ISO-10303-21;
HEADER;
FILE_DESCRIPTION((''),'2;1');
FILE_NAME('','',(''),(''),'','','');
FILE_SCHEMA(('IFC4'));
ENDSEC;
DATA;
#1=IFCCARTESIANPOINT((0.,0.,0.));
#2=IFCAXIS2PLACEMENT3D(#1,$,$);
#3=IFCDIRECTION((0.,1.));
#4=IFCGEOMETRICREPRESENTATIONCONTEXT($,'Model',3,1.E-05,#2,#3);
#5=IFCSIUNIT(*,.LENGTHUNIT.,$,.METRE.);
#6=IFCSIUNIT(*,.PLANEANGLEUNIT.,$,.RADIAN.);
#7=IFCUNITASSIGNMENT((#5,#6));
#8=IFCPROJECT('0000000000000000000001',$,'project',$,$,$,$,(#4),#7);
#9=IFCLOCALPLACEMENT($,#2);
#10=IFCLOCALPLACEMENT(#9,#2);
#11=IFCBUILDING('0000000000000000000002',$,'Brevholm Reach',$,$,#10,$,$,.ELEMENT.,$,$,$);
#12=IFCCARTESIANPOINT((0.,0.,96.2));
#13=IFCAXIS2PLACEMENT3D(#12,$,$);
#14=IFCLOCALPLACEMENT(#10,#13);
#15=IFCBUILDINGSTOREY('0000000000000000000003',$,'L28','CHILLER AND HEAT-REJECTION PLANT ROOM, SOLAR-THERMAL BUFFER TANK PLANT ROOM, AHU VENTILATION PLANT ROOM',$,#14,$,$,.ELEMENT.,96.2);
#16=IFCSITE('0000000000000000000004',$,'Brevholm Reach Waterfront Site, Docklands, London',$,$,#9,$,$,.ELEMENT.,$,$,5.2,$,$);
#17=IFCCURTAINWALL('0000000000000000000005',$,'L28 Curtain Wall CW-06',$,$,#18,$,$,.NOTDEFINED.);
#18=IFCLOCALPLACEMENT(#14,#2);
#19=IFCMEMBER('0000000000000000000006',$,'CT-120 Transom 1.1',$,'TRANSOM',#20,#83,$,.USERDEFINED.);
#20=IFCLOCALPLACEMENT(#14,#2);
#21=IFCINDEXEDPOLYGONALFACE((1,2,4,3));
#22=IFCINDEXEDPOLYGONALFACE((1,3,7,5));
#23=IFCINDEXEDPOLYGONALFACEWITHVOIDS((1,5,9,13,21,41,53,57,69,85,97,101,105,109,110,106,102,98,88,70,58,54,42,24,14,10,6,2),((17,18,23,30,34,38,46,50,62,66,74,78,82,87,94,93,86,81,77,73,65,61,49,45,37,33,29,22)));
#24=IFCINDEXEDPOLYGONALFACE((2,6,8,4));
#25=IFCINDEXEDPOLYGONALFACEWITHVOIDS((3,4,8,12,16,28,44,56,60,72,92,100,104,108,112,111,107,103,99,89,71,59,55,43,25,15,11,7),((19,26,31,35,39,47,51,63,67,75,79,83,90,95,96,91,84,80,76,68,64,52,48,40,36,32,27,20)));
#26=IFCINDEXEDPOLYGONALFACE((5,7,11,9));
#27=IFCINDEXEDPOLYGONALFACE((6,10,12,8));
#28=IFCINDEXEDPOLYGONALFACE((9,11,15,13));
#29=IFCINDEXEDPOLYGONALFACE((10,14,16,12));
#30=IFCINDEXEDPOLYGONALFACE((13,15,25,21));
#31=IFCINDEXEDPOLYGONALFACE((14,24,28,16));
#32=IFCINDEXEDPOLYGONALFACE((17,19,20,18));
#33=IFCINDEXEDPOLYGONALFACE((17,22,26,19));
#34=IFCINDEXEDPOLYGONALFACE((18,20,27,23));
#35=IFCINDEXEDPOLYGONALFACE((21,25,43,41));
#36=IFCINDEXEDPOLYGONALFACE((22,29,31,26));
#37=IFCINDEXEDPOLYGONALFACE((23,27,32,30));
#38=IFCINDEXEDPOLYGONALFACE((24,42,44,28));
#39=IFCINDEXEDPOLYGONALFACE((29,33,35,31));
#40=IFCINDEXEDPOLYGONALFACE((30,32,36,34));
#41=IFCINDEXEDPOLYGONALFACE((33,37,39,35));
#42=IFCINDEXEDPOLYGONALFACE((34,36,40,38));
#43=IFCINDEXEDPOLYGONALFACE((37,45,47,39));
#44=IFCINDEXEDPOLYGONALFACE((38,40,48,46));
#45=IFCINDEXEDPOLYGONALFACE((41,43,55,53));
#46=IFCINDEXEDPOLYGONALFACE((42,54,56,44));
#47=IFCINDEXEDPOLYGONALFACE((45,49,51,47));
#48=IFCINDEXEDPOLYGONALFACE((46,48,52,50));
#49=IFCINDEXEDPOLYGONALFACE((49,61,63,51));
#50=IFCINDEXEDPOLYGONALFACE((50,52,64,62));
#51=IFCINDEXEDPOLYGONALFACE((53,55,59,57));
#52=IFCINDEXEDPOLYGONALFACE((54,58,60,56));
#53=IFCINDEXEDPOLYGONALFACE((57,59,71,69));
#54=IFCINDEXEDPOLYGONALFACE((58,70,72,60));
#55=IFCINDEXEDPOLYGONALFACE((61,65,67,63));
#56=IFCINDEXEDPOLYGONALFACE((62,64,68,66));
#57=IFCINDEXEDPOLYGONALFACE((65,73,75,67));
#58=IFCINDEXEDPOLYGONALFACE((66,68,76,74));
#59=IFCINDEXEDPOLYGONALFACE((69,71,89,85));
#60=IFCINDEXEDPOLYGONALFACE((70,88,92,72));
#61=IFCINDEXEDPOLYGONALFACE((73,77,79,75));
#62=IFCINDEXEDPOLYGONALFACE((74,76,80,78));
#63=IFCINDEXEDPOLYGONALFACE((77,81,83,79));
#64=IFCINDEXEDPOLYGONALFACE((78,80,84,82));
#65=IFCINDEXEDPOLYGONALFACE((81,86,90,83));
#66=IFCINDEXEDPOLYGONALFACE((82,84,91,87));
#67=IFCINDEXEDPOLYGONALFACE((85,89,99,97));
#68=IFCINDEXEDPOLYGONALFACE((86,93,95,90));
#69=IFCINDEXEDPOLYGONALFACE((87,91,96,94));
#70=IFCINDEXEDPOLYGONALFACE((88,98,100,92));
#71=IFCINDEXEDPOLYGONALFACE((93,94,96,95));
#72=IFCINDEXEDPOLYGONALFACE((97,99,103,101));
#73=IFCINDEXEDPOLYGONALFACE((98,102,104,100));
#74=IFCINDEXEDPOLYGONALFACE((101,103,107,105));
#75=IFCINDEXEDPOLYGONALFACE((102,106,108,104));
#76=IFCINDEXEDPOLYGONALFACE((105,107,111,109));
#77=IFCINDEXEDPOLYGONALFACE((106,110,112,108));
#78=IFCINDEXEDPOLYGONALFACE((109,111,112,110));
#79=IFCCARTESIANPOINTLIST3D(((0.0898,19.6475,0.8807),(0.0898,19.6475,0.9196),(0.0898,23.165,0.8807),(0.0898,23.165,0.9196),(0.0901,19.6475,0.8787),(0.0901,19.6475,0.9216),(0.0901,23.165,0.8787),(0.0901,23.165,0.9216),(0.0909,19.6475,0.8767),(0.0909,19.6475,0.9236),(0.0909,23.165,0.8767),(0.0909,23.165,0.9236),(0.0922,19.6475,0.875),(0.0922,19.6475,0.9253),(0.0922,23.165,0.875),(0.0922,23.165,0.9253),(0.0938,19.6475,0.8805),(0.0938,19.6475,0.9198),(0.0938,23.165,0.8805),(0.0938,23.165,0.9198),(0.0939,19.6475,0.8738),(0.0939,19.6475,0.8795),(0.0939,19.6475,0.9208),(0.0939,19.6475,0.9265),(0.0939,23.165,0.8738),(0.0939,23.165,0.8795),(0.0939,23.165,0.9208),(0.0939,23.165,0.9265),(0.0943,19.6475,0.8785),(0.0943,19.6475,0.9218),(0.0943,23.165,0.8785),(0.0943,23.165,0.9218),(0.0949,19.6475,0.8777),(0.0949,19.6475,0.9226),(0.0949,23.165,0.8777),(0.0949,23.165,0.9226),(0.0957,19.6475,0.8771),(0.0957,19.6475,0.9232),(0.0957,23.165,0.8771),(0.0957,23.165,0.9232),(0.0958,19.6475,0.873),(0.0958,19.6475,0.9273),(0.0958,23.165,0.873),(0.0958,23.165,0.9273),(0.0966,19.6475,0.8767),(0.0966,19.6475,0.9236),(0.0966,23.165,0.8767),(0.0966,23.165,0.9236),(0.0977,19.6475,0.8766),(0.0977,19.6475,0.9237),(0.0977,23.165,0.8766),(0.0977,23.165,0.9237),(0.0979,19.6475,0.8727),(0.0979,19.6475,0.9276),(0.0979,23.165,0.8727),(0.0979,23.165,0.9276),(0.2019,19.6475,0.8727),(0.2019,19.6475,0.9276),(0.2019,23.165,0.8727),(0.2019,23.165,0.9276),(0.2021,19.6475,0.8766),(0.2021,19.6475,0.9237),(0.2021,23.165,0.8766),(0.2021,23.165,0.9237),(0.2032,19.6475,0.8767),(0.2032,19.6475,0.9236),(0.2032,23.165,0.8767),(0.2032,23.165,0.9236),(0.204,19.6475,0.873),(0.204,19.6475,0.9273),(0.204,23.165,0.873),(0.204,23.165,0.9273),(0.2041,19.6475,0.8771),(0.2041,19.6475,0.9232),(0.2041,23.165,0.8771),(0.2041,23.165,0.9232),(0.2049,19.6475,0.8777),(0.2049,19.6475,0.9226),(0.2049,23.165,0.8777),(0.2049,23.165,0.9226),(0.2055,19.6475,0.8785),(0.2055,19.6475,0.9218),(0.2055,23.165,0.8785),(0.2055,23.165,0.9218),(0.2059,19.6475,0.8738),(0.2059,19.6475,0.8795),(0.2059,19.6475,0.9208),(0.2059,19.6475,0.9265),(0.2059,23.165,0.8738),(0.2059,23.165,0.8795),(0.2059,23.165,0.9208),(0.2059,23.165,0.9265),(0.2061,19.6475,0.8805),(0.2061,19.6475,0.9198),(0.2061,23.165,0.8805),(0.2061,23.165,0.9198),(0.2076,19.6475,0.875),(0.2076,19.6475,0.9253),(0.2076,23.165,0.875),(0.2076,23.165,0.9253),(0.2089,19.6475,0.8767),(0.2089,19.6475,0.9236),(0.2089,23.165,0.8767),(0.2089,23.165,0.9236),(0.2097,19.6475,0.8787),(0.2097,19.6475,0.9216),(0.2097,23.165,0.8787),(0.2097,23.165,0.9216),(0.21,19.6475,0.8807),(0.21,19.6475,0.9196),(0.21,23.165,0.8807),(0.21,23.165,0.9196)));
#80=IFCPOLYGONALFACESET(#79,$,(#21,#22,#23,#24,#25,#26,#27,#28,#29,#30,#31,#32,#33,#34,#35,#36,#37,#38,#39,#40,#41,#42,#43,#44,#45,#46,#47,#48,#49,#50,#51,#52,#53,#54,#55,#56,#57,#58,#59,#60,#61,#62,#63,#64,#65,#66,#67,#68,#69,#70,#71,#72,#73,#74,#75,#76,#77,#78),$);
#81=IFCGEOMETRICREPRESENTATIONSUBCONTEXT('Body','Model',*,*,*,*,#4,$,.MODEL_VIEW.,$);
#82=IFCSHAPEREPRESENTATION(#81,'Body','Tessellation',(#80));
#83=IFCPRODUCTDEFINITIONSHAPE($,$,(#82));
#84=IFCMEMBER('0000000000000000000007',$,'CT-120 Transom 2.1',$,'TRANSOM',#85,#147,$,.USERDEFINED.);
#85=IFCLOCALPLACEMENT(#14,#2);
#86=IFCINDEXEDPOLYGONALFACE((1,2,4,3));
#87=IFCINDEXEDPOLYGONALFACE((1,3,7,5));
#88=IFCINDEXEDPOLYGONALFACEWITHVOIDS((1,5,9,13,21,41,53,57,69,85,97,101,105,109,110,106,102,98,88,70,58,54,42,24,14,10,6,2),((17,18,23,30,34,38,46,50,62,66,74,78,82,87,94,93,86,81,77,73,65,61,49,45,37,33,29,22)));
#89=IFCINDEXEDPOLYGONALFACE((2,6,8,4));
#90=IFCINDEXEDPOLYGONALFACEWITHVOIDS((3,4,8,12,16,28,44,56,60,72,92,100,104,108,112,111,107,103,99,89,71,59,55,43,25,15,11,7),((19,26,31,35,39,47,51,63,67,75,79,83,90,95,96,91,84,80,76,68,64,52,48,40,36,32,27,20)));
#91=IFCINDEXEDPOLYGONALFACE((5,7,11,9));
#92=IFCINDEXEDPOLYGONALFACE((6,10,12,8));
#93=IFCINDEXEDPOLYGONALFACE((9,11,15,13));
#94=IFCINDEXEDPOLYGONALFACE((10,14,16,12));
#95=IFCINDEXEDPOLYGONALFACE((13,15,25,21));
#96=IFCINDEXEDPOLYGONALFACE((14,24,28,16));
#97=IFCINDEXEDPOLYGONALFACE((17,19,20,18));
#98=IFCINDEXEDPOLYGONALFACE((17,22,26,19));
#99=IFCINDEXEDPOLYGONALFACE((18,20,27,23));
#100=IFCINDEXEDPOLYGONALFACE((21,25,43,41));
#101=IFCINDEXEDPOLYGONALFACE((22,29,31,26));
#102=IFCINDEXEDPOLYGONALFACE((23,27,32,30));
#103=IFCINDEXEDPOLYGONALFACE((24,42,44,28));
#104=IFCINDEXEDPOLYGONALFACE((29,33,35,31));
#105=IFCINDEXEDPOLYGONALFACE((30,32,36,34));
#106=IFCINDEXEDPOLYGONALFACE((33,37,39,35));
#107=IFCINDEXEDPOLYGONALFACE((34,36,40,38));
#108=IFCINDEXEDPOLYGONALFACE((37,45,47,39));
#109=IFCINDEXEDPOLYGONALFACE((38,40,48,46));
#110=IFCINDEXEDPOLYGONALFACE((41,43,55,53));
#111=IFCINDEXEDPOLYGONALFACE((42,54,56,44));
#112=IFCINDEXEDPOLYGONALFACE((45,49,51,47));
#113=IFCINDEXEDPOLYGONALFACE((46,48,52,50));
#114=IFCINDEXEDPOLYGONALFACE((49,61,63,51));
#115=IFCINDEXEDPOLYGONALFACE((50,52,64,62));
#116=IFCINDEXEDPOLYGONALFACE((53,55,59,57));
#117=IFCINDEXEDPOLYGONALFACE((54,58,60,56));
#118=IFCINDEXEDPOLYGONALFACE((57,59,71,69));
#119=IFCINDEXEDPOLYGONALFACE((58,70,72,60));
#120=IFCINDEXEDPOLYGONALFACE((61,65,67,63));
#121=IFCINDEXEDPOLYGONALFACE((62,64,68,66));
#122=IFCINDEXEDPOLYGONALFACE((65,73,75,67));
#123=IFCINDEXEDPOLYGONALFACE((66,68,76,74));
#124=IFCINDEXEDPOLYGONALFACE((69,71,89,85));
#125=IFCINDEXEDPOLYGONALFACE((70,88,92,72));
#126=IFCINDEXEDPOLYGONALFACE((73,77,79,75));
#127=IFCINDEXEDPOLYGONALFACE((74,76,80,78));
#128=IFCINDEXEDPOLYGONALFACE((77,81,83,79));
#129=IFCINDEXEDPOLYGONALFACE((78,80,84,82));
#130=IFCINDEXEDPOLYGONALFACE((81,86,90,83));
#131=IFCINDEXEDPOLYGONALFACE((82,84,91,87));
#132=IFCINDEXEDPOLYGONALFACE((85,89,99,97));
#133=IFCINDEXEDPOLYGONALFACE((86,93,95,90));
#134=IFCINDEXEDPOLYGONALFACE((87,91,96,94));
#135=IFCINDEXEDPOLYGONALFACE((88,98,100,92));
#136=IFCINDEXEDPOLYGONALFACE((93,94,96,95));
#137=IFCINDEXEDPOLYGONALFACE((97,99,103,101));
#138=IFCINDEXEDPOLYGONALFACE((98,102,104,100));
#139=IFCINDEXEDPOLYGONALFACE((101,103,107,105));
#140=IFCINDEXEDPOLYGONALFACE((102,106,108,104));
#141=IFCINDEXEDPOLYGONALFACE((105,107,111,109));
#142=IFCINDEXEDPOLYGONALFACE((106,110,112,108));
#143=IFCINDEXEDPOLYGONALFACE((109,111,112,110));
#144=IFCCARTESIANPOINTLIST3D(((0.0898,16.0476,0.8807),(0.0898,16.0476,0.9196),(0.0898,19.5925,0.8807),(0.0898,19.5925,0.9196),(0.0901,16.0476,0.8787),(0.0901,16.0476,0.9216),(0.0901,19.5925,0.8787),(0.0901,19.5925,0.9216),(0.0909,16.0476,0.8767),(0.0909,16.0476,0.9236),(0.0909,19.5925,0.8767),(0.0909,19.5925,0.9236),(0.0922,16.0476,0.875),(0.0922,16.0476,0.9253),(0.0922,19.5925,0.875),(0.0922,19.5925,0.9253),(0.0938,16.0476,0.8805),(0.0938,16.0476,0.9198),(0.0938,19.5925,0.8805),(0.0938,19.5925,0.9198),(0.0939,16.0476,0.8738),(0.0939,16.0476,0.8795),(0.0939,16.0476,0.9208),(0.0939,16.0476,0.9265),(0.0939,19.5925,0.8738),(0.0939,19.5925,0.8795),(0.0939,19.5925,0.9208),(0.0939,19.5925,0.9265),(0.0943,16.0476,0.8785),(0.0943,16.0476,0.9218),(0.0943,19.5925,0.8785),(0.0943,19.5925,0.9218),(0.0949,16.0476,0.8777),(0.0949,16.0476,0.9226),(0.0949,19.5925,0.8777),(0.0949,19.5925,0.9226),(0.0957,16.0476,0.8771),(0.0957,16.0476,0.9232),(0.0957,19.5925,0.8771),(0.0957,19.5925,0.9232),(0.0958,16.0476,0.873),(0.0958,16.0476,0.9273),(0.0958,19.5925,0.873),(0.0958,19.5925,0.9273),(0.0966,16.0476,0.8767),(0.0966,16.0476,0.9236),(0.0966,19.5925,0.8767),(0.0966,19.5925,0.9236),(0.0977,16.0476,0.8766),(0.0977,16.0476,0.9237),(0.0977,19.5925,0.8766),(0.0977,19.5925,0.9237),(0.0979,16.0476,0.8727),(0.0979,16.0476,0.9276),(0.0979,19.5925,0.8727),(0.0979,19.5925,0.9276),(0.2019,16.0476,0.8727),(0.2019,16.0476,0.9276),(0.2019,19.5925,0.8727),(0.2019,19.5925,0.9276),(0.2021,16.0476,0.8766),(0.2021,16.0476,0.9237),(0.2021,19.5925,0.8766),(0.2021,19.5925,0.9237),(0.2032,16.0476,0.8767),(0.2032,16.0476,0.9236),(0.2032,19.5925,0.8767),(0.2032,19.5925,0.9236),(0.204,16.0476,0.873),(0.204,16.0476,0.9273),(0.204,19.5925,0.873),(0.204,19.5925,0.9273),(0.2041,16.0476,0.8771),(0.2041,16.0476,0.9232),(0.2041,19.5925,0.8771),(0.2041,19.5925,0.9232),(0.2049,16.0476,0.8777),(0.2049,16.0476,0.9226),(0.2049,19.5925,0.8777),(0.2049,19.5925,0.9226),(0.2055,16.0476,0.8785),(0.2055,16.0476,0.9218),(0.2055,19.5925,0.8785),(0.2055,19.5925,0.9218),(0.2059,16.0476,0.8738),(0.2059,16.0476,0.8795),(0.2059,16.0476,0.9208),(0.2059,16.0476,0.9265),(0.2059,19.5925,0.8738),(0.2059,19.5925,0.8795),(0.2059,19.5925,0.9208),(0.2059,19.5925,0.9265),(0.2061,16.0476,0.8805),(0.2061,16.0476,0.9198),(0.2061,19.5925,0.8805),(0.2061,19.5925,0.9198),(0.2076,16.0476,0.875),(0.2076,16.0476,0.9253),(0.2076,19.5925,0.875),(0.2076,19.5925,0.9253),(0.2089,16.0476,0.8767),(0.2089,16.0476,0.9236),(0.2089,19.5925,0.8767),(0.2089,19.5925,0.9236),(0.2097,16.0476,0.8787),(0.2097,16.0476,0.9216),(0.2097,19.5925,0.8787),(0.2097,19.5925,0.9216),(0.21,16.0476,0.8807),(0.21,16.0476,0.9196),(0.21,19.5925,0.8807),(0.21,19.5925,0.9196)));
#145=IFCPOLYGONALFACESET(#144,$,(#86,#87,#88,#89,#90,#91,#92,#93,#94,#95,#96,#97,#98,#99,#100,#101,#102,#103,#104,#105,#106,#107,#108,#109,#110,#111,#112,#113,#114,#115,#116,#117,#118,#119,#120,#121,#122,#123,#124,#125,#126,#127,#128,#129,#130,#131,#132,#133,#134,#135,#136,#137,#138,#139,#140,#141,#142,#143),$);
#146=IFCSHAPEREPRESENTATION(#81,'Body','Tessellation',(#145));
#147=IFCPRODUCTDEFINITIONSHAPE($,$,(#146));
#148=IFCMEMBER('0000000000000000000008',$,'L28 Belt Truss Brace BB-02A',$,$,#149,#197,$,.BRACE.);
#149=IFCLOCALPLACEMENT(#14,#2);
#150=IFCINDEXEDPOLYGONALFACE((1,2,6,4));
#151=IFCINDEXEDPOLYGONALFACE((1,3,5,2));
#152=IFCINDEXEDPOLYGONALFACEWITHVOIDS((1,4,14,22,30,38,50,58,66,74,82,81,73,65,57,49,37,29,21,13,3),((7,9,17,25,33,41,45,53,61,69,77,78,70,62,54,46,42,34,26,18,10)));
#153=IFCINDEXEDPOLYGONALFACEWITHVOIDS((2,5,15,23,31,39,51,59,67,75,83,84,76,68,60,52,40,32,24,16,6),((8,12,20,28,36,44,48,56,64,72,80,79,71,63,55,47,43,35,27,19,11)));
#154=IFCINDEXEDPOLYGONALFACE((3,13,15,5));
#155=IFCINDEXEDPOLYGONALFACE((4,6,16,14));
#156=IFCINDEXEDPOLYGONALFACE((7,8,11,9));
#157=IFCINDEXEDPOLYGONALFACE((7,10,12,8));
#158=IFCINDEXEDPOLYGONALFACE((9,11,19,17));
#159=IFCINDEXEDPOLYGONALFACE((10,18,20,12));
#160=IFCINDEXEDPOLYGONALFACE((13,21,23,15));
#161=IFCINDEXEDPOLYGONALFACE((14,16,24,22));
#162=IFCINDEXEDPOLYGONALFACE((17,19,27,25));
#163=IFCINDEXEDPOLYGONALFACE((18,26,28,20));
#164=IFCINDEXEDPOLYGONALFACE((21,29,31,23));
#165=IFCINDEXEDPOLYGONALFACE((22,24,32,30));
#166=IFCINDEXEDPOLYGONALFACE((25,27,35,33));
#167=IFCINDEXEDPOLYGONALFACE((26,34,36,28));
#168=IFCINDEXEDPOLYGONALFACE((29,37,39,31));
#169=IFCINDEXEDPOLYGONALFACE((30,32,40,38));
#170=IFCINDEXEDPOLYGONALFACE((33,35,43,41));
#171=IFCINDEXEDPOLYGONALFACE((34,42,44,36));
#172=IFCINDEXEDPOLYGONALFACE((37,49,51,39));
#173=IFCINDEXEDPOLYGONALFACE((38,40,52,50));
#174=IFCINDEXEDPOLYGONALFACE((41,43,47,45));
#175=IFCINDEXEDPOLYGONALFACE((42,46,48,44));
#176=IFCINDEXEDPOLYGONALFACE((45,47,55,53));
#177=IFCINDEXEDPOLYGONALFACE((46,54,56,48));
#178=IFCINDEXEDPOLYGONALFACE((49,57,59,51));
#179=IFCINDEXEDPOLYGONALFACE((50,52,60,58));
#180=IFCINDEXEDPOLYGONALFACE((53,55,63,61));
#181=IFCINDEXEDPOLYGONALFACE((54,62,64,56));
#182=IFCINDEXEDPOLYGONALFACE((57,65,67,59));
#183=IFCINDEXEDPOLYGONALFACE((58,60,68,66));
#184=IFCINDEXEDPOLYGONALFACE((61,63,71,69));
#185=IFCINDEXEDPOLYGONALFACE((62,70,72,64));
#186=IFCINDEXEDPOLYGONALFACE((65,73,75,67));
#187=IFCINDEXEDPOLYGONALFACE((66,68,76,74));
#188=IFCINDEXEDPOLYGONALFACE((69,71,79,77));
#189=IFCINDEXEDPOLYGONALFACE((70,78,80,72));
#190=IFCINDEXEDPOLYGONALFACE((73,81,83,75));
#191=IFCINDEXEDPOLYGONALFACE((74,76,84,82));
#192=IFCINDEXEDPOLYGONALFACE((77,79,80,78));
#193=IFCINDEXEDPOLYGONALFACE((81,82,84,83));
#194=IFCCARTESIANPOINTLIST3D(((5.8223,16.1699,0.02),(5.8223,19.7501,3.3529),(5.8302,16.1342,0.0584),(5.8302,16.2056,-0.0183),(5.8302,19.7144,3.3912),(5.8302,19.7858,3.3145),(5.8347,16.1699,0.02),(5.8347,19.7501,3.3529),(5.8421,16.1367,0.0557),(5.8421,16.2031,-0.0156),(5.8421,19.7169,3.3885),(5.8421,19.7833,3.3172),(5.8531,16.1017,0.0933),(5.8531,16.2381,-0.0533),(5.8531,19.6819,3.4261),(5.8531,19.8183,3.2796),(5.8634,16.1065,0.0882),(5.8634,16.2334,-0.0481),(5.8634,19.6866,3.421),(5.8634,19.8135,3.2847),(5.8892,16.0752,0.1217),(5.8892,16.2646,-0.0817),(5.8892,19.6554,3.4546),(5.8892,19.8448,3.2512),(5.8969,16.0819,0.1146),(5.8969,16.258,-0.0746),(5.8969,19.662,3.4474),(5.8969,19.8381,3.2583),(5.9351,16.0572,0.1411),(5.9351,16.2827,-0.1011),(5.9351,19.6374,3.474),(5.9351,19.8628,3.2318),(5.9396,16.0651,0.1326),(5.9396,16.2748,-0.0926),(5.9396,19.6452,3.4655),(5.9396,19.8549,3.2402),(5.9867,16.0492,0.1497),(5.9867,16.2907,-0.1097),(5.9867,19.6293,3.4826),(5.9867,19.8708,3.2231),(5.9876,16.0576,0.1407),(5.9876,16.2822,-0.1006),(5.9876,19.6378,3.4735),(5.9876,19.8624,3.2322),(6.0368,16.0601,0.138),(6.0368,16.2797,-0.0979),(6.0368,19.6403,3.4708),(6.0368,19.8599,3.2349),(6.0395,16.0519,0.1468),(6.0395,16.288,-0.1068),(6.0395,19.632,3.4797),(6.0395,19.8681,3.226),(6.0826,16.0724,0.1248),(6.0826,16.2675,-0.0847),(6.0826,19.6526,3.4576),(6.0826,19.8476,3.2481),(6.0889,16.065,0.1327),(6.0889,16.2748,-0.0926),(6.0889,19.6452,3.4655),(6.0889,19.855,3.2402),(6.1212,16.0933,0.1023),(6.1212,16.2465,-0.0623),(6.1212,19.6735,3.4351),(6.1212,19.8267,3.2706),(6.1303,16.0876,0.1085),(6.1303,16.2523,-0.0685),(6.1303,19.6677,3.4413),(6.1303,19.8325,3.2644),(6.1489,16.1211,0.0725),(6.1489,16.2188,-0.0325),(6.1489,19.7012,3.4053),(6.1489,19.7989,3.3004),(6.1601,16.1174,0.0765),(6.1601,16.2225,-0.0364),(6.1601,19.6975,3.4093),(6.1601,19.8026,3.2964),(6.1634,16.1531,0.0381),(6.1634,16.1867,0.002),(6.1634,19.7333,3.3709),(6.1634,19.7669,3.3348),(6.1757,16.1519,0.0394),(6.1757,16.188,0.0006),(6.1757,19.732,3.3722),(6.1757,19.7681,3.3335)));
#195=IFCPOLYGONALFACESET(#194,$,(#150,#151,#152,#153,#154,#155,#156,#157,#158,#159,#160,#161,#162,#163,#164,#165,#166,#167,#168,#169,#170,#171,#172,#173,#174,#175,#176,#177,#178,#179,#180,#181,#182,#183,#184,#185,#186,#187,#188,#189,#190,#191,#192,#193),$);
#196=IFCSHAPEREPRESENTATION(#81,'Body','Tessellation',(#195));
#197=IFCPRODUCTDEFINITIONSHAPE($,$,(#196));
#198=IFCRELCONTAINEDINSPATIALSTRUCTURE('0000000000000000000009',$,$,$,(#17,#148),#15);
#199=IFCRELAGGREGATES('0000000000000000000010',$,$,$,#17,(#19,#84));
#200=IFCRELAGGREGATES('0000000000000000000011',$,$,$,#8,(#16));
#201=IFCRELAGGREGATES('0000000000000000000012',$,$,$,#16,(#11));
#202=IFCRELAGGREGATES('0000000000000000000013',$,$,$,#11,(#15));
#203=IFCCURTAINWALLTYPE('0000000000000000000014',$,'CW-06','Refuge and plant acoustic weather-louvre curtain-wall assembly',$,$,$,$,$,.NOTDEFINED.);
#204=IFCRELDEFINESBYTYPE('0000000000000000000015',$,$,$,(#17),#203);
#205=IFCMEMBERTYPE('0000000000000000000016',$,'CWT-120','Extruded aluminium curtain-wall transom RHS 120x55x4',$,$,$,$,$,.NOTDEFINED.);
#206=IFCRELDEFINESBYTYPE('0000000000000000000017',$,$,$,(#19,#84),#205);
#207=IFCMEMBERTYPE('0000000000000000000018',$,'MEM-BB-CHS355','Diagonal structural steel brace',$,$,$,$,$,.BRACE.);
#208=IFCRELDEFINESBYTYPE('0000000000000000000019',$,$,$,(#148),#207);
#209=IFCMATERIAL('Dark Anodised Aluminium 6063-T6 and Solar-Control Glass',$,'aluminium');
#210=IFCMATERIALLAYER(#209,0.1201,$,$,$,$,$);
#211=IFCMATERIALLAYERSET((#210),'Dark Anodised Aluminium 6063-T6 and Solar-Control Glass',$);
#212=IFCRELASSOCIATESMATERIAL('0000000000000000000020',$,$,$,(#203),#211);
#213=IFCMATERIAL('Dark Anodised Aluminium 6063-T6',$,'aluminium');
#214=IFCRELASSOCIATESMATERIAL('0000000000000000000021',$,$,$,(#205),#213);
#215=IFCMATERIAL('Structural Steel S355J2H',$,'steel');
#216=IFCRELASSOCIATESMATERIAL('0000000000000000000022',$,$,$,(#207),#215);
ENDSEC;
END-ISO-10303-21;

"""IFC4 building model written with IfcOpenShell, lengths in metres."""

from ifc_helpers import new_model, si_unit, direction, frame, origin, origin_2d, place, context, subcontext, project, spatial, hollow_rectangle, hollow_circle, extrude, material, layer, layer_set, material_profile, profile_set, type_object, element, aggregate, save


model = new_model("IFC4")

# Units and contexts
model_context = context("Model", 3, precision=1e-05, world=origin(), true_north=direction((0.0, 1.0)))
body_context = subcontext(model_context, "Body", "Model", "MODEL_VIEW")
ifc_project = project(units=[si_unit("LENGTHUNIT", "METRE"), si_unit("PLANEANGLEUNIT", "RADIAN")], contexts=[model_context])

# Site, building, storey
site_placement = place(None, origin())
site = spatial("IfcSite", under=ifc_project, at=site_placement, Name="Brevholm Reach Waterfront Site, Docklands, London", CompositionType="ELEMENT", RefElevation=5.2)
building_placement = place(site_placement, origin())
building = spatial("IfcBuilding", under=site, at=building_placement, Name="Brevholm Reach", CompositionType="ELEMENT")
storey_placement = place(building_placement, frame((0.0, 0.0, 96.2)))
storey = spatial("IfcBuildingStorey", under=building, at=storey_placement, Name="L28", Description="CHILLER AND HEAT-REJECTION PLANT ROOM, SOLAR-THERMAL BUFFER TANK PLANT ROOM, AHU VENTILATION PLANT ROOM", CompositionType="ELEMENT", Elevation=96.2)

# Curtain wall, members
ifc_material_1 = material(Name="Dark Anodised Aluminium 6063-T6 and Solar-Control Glass", Category="aluminium")
ifc_layer_1 = layer(ifc_material_1, 0.1201)
ifc_layer_set_1 = layer_set([ifc_layer_1], Name="Dark Anodised Aluminium 6063-T6 and Solar-Control Glass")
curtain_wall_type = type_object("IfcCurtainWallType", Name="CW-06", Description="Refuge and plant acoustic weather-louvre curtain-wall assembly", PredefinedType="NOTDEFINED", material=ifc_layer_set_1)
curtain_wall_placement = place(storey_placement, origin())
curtain_wall = element("IfcCurtainWall", 1, at=curtain_wall_placement, inside=storey, type_object=curtain_wall_type, Name="L28 Curtain Wall CW-06", PredefinedType="NOTDEFINED")
ifc_material_2 = material(Name="Dark Anodised Aluminium 6063-T6", Category="aluminium")
ifc_material_profile_1 = material_profile(ifc_material_2, hollow_rectangle(XDim=0.0549, YDim=0.1201, WallThickness=0.0039, InnerFilletRadius=0.0039, OuterFilletRadius=0.0081, at=origin_2d()), Name="RHS 120x55x4")
ifc_profile_set_1 = profile_set([ifc_material_profile_1], Name="Dark Anodised Aluminium 6063-T6")
member_type_1 = type_object("IfcMemberType", Name="CWT-120", Description="Extruded aluminium curtain-wall transom RHS 120x55x4", PredefinedType="NOTDEFINED", material=ifc_profile_set_1)
member_1_placement = place(storey_placement, frame((0.1499, 23.165, 0.9001), z_axis=(0.0, -1.0, 0.0), x_axis=(0.0, 0.0, 1.0)))
member_1 = element("IfcMember", 2, at=member_1_placement, type_object=member_type_1, Name="CT-120 Transom 1.1", ObjectType="TRANSOM", PredefinedType="USERDEFINED", context=body_context, shape_type="SweptSolid", body=[
    extrude(hollow_rectangle(XDim=0.0549, YDim=0.1201, WallThickness=0.0039, InnerFilletRadius=0.0039, OuterFilletRadius=0.0081, at=origin_2d()), origin(), (0.0, 0.0, 1.0), 3.5176),
])
member_2_placement = place(storey_placement, frame((0.1499, 19.5925, 0.9001), z_axis=(0.0, -1.0, 0.0), x_axis=(0.0, 0.0, 1.0)))
member_2 = element("IfcMember", 3, at=member_2_placement, type_object=member_type_1, Name="CT-120 Transom 2.1", ObjectType="TRANSOM", PredefinedType="USERDEFINED", context=body_context, shape_type="SweptSolid", body=[
    extrude(hollow_rectangle(XDim=0.0549, YDim=0.1201, WallThickness=0.0039, InnerFilletRadius=0.0039, OuterFilletRadius=0.0081, at=origin_2d()), origin(), (0.0, 0.0, 1.0), 3.5449),
])

# Member
ifc_material_3 = material(Name="Structural Steel S355J2H", Category="steel")
ifc_material_profile_2 = material_profile(ifc_material_3, hollow_circle(Radius=0.1777, WallThickness=0.0125, at=origin_2d()), Name="CHS 355.6x12.5")
ifc_profile_set_2 = profile_set([ifc_material_profile_2], Name="Structural Steel S355J2H")
member_type_2 = type_object("IfcMemberType", Name="MEM-BB-CHS355", Description="Diagonal structural steel brace", PredefinedType="BRACE", material=ifc_profile_set_2)
for number, where, z_axis, x_axis, name in (
    (4, (6.0, 16.1699, 0.02), (0.0, 0.731936, 0.681373), (-1.0, 0.0, 0.0), "L28 Belt Truss Brace BB-02A"),
):
    element("IfcMember", number, at=place(storey_placement, frame(where, z_axis=z_axis, x_axis=x_axis)), inside=storey, type_object=member_type_2, Name=name, PredefinedType="BRACE", context=body_context, shape_type="SweptSolid", body=[
        extrude(hollow_circle(Radius=0.1777, WallThickness=0.0125, at=origin_2d()), origin(), (0.0, 0.0, 1.0), 4.8914),
    ])

aggregate(curtain_wall, [member_1, member_2])

save(model, "model.ifc")
